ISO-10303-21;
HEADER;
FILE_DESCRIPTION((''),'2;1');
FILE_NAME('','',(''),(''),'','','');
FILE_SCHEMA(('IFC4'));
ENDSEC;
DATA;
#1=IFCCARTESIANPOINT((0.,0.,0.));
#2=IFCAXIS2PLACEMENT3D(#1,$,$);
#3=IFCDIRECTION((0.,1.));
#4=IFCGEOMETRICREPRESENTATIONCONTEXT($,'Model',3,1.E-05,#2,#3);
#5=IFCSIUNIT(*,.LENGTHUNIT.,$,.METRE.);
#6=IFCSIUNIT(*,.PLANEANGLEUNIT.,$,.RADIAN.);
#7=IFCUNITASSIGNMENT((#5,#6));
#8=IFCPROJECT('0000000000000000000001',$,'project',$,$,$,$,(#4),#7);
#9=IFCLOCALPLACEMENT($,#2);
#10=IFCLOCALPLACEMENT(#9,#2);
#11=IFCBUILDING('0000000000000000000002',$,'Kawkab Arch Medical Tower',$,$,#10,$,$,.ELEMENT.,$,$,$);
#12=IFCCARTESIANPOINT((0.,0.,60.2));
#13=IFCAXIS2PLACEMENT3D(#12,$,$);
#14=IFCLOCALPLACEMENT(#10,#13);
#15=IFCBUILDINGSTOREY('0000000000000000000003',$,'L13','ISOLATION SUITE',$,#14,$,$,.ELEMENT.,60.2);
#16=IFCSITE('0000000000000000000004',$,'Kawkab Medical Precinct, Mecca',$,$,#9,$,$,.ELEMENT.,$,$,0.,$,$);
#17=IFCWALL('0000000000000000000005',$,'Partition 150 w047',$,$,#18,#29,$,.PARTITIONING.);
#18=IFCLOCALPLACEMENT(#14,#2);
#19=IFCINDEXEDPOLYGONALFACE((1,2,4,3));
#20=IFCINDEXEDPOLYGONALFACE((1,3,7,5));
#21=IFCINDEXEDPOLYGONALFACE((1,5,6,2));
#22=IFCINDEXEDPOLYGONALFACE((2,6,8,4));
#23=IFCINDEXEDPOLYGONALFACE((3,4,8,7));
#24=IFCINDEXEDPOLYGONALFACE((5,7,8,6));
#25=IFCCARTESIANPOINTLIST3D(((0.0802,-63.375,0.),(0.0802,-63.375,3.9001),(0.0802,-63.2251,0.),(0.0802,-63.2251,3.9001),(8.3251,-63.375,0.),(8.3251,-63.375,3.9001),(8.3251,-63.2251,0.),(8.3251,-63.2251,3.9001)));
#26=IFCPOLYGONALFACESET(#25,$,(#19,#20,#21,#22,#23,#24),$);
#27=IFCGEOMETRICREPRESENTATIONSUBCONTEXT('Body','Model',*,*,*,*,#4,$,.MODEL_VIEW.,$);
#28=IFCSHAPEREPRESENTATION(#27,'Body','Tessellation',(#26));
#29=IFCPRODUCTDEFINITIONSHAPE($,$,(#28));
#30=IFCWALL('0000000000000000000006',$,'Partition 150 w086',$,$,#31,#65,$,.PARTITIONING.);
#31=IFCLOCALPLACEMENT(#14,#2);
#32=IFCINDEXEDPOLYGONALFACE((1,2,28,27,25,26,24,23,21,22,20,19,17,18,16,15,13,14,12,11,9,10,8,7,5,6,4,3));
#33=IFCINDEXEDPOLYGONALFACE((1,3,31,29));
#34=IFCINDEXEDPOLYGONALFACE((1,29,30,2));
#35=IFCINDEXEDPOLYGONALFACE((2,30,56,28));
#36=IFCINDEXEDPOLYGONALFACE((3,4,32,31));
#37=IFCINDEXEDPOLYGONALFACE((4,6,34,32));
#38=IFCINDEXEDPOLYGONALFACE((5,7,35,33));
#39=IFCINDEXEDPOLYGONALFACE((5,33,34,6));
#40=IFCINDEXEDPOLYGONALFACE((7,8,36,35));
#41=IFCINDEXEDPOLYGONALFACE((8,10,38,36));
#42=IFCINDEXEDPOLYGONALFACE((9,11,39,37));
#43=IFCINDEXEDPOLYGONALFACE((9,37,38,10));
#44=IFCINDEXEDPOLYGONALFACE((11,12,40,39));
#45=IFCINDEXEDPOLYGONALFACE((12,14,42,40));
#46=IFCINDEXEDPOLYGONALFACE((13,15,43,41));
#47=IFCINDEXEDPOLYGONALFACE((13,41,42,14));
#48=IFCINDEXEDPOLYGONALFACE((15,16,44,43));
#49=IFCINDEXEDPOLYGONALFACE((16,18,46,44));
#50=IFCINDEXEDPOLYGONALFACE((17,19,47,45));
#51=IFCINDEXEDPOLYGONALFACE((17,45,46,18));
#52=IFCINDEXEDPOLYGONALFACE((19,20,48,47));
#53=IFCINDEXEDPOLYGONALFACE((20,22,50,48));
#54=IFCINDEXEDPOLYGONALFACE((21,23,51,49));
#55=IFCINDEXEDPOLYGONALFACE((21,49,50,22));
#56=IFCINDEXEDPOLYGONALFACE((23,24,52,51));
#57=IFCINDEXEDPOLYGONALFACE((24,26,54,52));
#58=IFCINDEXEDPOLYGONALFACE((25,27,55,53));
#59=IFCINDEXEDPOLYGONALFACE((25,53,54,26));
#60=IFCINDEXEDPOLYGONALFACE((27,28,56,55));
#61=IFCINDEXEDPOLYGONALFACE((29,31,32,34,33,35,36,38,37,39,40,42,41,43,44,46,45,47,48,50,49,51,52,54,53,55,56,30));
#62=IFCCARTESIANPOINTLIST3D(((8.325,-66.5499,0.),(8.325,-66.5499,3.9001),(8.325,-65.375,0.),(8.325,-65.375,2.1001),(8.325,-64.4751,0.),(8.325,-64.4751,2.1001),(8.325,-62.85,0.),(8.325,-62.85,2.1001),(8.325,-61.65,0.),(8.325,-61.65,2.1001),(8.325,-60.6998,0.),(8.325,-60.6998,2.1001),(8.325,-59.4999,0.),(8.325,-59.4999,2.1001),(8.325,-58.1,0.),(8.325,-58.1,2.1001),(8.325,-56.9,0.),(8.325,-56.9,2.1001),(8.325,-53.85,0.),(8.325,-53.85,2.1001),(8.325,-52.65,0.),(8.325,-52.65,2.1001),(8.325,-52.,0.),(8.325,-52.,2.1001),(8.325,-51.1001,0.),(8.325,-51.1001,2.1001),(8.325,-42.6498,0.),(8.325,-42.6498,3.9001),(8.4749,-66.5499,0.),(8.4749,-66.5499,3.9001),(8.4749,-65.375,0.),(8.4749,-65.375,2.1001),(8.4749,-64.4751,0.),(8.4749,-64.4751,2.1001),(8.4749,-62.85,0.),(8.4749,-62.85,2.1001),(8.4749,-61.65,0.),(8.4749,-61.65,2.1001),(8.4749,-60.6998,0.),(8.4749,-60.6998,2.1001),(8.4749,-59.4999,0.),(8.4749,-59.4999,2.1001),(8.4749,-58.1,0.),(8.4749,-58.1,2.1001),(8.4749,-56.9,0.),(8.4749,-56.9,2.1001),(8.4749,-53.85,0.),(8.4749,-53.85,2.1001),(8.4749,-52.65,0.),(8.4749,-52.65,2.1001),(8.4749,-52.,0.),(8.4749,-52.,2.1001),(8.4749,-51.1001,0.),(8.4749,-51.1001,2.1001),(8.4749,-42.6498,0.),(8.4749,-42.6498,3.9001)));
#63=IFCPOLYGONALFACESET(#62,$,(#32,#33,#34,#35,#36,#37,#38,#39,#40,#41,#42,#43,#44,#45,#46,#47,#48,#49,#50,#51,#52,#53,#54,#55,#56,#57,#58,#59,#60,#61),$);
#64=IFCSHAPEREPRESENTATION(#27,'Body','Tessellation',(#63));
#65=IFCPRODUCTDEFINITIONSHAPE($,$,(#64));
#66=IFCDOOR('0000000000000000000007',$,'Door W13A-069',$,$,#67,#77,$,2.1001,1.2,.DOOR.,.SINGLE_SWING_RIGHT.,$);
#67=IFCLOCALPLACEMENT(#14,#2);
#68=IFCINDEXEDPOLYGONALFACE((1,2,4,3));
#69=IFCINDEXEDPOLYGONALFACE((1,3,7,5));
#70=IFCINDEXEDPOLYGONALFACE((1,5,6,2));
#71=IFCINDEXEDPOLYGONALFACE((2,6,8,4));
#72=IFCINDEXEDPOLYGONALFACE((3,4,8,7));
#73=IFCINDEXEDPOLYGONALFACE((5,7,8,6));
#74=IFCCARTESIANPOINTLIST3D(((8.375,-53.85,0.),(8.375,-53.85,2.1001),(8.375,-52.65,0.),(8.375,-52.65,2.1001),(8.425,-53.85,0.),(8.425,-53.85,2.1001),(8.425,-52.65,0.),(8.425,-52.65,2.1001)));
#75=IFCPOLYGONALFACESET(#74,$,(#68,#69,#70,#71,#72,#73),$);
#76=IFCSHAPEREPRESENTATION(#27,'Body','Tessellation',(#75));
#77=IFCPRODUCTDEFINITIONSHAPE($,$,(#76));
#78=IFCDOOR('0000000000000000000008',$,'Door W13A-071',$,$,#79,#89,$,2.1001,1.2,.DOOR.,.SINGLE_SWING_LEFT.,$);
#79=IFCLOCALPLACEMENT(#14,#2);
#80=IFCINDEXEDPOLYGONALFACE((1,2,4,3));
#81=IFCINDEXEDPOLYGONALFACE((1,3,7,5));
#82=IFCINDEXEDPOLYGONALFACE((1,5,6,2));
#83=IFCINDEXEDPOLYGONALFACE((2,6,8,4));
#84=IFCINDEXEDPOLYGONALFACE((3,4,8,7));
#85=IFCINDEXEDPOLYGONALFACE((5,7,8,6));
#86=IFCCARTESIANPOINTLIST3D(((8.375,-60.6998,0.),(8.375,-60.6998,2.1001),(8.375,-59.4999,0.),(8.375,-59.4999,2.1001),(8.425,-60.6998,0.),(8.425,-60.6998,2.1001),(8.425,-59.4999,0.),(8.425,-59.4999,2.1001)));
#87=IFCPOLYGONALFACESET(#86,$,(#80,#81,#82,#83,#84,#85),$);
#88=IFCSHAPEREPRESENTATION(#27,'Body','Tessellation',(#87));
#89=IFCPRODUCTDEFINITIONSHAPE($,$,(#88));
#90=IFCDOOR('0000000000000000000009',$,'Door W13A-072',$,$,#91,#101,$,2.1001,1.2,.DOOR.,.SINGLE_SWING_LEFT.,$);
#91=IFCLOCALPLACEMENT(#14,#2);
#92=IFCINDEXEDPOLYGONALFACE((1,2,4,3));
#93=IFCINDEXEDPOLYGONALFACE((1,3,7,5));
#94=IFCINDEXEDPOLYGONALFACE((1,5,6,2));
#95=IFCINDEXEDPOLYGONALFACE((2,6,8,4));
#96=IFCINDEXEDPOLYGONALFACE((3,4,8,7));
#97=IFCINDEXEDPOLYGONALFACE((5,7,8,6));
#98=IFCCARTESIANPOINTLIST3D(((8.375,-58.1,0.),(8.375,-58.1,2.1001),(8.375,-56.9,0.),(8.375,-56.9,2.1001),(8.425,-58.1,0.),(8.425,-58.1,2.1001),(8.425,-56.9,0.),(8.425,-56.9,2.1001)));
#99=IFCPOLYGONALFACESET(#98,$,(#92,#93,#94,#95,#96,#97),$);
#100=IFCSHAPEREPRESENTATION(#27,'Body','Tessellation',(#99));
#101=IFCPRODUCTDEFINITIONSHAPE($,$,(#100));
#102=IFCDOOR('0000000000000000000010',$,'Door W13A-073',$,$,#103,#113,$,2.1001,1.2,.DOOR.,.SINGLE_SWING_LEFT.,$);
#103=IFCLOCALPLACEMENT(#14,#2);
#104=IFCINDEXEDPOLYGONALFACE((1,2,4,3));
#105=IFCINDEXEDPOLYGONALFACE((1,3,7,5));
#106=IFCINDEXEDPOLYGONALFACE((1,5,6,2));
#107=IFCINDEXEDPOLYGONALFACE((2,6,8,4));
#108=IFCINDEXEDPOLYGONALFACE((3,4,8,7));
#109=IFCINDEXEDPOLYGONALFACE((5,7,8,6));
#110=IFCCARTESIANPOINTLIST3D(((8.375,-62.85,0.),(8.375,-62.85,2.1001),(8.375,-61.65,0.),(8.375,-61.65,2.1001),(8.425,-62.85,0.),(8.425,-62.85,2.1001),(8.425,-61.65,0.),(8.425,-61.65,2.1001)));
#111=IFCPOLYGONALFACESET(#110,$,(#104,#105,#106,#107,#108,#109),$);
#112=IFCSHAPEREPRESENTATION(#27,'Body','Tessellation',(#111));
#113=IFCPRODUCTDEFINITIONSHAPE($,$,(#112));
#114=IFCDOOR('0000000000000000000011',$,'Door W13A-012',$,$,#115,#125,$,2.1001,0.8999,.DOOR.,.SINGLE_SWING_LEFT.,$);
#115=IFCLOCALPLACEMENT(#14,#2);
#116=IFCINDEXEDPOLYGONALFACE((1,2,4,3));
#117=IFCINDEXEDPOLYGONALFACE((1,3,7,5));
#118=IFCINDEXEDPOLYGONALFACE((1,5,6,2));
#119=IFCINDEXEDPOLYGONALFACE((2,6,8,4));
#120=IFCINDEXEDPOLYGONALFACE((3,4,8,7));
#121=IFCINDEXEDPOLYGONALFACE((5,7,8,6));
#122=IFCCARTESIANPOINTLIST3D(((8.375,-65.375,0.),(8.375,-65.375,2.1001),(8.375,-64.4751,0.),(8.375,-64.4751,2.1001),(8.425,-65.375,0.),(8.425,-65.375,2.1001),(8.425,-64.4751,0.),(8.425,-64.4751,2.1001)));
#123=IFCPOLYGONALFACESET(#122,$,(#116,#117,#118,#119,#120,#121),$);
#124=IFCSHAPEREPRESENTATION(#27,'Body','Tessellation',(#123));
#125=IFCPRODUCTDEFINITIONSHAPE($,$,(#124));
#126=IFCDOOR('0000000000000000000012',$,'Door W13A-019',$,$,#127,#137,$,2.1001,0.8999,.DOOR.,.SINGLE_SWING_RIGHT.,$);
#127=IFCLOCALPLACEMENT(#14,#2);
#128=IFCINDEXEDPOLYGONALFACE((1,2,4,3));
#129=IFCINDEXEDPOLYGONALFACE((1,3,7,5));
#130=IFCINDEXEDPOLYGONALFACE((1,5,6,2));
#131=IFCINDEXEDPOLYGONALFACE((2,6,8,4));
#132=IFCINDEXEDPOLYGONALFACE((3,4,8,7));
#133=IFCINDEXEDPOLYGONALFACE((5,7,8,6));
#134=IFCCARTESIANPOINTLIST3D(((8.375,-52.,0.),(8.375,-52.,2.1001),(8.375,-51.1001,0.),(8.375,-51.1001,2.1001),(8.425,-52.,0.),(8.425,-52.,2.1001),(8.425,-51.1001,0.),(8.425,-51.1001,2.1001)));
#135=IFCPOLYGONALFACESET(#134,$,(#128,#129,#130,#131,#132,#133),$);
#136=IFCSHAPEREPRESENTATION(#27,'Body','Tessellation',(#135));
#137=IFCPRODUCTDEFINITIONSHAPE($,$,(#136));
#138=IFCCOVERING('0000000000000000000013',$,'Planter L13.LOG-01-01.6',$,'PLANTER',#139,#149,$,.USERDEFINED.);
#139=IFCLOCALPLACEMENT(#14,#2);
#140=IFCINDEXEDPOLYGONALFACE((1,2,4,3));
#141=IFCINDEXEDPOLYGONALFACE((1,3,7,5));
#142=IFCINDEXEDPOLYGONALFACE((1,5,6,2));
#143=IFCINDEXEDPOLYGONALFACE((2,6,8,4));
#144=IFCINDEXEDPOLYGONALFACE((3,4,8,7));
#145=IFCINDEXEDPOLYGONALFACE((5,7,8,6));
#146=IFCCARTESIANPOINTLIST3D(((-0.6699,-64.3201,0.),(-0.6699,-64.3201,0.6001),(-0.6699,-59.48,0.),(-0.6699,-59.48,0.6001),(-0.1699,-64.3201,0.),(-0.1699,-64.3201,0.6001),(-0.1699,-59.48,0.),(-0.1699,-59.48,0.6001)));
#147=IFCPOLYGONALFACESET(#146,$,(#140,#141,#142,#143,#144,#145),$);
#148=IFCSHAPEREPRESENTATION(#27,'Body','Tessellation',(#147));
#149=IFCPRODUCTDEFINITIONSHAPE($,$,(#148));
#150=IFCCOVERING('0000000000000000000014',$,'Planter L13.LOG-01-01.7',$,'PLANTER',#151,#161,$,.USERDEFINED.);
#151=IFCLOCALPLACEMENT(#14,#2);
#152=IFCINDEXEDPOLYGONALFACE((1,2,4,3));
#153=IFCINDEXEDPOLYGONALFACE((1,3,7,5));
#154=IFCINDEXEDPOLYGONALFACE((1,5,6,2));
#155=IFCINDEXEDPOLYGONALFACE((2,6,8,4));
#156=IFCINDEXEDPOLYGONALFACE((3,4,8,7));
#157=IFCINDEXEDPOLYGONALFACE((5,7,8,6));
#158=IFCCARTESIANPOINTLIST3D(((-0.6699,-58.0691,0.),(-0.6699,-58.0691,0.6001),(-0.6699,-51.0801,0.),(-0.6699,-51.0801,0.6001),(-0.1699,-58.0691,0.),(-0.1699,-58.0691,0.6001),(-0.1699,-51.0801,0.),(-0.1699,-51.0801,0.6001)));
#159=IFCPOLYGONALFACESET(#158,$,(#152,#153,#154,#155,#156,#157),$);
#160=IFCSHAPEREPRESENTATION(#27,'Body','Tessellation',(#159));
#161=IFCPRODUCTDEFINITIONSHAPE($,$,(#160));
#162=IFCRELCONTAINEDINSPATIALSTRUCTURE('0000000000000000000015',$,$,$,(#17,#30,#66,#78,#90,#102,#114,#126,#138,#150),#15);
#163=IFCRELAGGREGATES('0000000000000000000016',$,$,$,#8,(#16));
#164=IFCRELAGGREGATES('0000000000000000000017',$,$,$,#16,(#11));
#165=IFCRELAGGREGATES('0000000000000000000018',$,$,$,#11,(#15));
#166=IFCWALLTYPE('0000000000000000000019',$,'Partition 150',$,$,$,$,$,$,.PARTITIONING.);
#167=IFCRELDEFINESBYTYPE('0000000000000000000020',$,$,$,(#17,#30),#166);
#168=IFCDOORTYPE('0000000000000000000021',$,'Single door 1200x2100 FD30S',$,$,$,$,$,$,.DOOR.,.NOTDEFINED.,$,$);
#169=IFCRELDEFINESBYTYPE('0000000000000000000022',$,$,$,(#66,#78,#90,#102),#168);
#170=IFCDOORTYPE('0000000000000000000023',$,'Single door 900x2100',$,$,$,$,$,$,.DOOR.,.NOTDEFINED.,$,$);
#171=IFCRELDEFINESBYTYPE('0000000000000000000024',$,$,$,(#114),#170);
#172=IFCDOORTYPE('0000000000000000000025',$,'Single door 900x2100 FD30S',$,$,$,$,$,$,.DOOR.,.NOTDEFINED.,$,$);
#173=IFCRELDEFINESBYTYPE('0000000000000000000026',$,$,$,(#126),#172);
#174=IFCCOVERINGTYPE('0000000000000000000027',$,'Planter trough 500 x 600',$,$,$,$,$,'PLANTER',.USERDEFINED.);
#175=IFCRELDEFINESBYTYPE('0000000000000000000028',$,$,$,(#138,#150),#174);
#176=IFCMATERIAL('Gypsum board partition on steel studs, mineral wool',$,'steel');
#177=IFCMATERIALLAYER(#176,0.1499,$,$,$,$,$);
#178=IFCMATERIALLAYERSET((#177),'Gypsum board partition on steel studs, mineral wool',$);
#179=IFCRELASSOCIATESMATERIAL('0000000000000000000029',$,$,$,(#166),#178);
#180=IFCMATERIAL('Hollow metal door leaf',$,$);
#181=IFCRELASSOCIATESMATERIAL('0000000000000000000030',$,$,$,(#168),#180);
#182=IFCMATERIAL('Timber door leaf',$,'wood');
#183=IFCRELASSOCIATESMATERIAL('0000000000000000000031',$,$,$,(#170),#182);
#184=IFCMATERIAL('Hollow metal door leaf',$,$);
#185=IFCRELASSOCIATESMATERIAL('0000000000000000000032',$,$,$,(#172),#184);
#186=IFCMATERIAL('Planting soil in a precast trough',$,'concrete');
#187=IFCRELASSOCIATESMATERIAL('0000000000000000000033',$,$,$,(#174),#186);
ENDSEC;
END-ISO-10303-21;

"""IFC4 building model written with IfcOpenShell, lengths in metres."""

from ifc_helpers import new_model, si_unit, direction, frame, frame_2d, origin, origin_2d, place, context, subcontext, project, spatial, rectangle, extrude, material, layer, layer_set, material_profile, profile_set, type_object, element, fill, save


model = new_model("IFC4")

# Units and contexts
model_context = context("Model", 3, precision=1e-05, world=origin(), true_north=direction((0.0, 1.0)))
body_context = subcontext(model_context, "Body", "Model", "MODEL_VIEW")
ifc_project = project(units=[si_unit("LENGTHUNIT", "METRE"), si_unit("PLANEANGLEUNIT", "RADIAN")], contexts=[model_context])

# Site, building, storey
site_placement = place(None, origin())
site = spatial("IfcSite", under=ifc_project, at=site_placement, Name="Kawkab Medical Precinct, Mecca", CompositionType="ELEMENT", RefElevation=0.0)
building_placement = place(site_placement, origin())
building = spatial("IfcBuilding", under=site, at=building_placement, Name="Kawkab Arch Medical Tower", CompositionType="ELEMENT")
storey_placement = place(building_placement, frame((0.0, 0.0, 60.2)))
storey = spatial("IfcBuildingStorey", under=building, at=storey_placement, Name="L13", Description="ISOLATION SUITE", CompositionType="ELEMENT", Elevation=60.2)

# Wall
ifc_material_1 = material(Name="Gypsum board partition on steel studs, mineral wool", Category="steel")
ifc_layer_1 = layer(ifc_material_1, 0.1499)
ifc_layer_set_1 = layer_set([ifc_layer_1], Name="Gypsum board partition on steel studs, mineral wool")
wall_type_1 = type_object("IfcWallType", Name="Partition 150", PredefinedType="PARTITIONING", material=ifc_layer_set_1)
wall_1_placement = place(storey_placement, frame((0.0801, -63.3, 0.0), z_axis=(0.0, 0.0, 1.0), x_axis=(1.0, 0.0, 0.0)))
element("IfcWall", 1, at=wall_1_placement, inside=storey, type_object=wall_type_1, Name="Partition 150 w047", PredefinedType="PARTITIONING", context=body_context, shape_type="SweptSolid", body=[
    extrude(rectangle(XDim=8.2449, YDim=0.1499, at=frame_2d((4.1226, 0.0))), origin(), (0.0, 0.0, 1.0), 3.9001),
])

# Wall, openings, doors
wall_2_placement = place(storey_placement, frame((8.3999, -66.55, 0.0), z_axis=(0.0, 0.0, 1.0), x_axis=(0.0, 1.0, 0.0)))
wall_2 = element("IfcWall", 2, at=wall_2_placement, inside=storey, type_object=wall_type_1, Name="Partition 150 w086", PredefinedType="PARTITIONING", context=body_context, shape_type="SweptSolid", body=[
    extrude(rectangle(XDim=23.9001, YDim=0.1499, at=frame_2d((11.9502, 0.0))), origin(), (0.0, 0.0, 1.0), 3.9001),
])
opening_1_placement = place(wall_2_placement, frame((14.55, 0.0, 0.0)))
opening_1 = element("IfcOpeningElement", 3, at=opening_1_placement, cuts=wall_2, PredefinedType="OPENING", context=body_context, shape_type="SweptSolid", body=[
    extrude(rectangle(XDim=0.8999, YDim=2.1001, at=frame_2d((0.45, 1.05))), frame((0.0, 0.085, 0.0), z_axis=(0.0, -1.0, 0.0), x_axis=(1.0, 0.0, 0.0)), (0.0, 0.0, 1.0), 0.1699),
])
opening_2_placement = place(wall_2_placement, frame((12.7, 0.0, 0.0)))
opening_2 = element("IfcOpeningElement", 4, at=opening_2_placement, cuts=wall_2, PredefinedType="OPENING", context=body_context, shape_type="SweptSolid", body=[
    extrude(rectangle(XDim=1.2, YDim=2.1001, at=frame_2d((0.6001, 1.05))), frame((0.0, 0.085, 0.0), z_axis=(0.0, -1.0, 0.0), x_axis=(1.0, 0.0, 0.0)), (0.0, 0.0, 1.0), 0.1699),
])
opening_3_placement = place(wall_2_placement, frame((5.8501, 0.0, 0.0)))
opening_3 = element("IfcOpeningElement", 5, at=opening_3_placement, cuts=wall_2, PredefinedType="OPENING", context=body_context, shape_type="SweptSolid", body=[
    extrude(rectangle(XDim=1.2, YDim=2.1001, at=frame_2d((0.6001, 1.05))), frame((0.0, 0.085, 0.0), z_axis=(0.0, -1.0, 0.0), x_axis=(1.0, 0.0, 0.0)), (0.0, 0.0, 1.0), 0.1699),
])
opening_4_placement = place(wall_2_placement, frame((8.45, 0.0, 0.0)))
opening_4 = element("IfcOpeningElement", 6, at=opening_4_placement, cuts=wall_2, PredefinedType="OPENING", context=body_context, shape_type="SweptSolid", body=[
    extrude(rectangle(XDim=1.2, YDim=2.1001, at=frame_2d((0.6001, 1.05))), frame((0.0, 0.085, 0.0), z_axis=(0.0, -1.0, 0.0), x_axis=(1.0, 0.0, 0.0)), (0.0, 0.0, 1.0), 0.1699),
])
opening_5_placement = place(wall_2_placement, frame((3.7, 0.0, 0.0)))
opening_5 = element("IfcOpeningElement", 7, at=opening_5_placement, cuts=wall_2, PredefinedType="OPENING", context=body_context, shape_type="SweptSolid", body=[
    extrude(rectangle(XDim=1.2, YDim=2.1001, at=frame_2d((0.6001, 1.05))), frame((0.0, 0.085, 0.0), z_axis=(0.0, -1.0, 0.0), x_axis=(1.0, 0.0, 0.0)), (0.0, 0.0, 1.0), 0.1699),
])
opening_6_placement = place(wall_2_placement, frame((1.175, 0.0, 0.0)))
opening_6 = element("IfcOpeningElement", 8, at=opening_6_placement, cuts=wall_2, PredefinedType="OPENING", context=body_context, shape_type="SweptSolid", body=[
    extrude(rectangle(XDim=0.8999, YDim=2.1001, at=frame_2d((0.45, 1.05))), frame((0.0, 0.085, 0.0), z_axis=(0.0, -1.0, 0.0), x_axis=(1.0, 0.0, 0.0)), (0.0, 0.0, 1.0), 0.1699),
])
ifc_material_2 = material(Name="Hollow metal door leaf")
door_type_1 = type_object("IfcDoorType", Name="Single door 1200x2100 FD30S", OperationType="NOTDEFINED", PredefinedType="DOOR", material=ifc_material_2)
door_1_placement = place(opening_2_placement, origin())
door_1 = element("IfcDoor", 9, at=door_1_placement, inside=storey, type_object=door_type_1, Name="Door W13A-069", OperationType="SINGLE_SWING_RIGHT", OverallHeight=2.1001, OverallWidth=1.2, PredefinedType="DOOR", context=body_context, shape_type="SweptSolid", body=[
    extrude(rectangle(XDim=1.2, YDim=2.1001, at=frame_2d((0.6001, 1.05))), frame((0.0, 0.0249, 0.0), z_axis=(0.0, -1.0, 0.0), x_axis=(1.0, 0.0, 0.0)), (0.0, 0.0, 1.0), 0.05),
])
fill(opening_2, door_1)
door_2_placement = place(opening_3_placement, origin())
door_2 = element("IfcDoor", 10, at=door_2_placement, inside=storey, type_object=door_type_1, Name="Door W13A-071", OperationType="SINGLE_SWING_LEFT", OverallHeight=2.1001, OverallWidth=1.2, PredefinedType="DOOR", context=body_context, shape_type="SweptSolid", body=[
    extrude(rectangle(XDim=1.2, YDim=2.1001, at=frame_2d((0.6001, 1.05))), frame((0.0, 0.0249, 0.0), z_axis=(0.0, -1.0, 0.0), x_axis=(1.0, 0.0, 0.0)), (0.0, 0.0, 1.0), 0.05),
])
fill(opening_3, door_2)
door_3_placement = place(opening_4_placement, origin())
door_3 = element("IfcDoor", 11, at=door_3_placement, inside=storey, type_object=door_type_1, Name="Door W13A-072", OperationType="SINGLE_SWING_LEFT", OverallHeight=2.1001, OverallWidth=1.2, PredefinedType="DOOR", context=body_context, shape_type="SweptSolid", body=[
    extrude(rectangle(XDim=1.2, YDim=2.1001, at=frame_2d((0.6001, 1.05))), frame((0.0, 0.0249, 0.0), z_axis=(0.0, -1.0, 0.0), x_axis=(1.0, 0.0, 0.0)), (0.0, 0.0, 1.0), 0.05),
])
fill(opening_4, door_3)
door_4_placement = place(opening_5_placement, origin())
door_4 = element("IfcDoor", 12, at=door_4_placement, inside=storey, type_object=door_type_1, Name="Door W13A-073", OperationType="SINGLE_SWING_LEFT", OverallHeight=2.1001, OverallWidth=1.2, PredefinedType="DOOR", context=body_context, shape_type="SweptSolid", body=[
    extrude(rectangle(XDim=1.2, YDim=2.1001, at=frame_2d((0.6001, 1.05))), frame((0.0, 0.0249, 0.0), z_axis=(0.0, -1.0, 0.0), x_axis=(1.0, 0.0, 0.0)), (0.0, 0.0, 1.0), 0.05),
])
fill(opening_5, door_4)
ifc_material_3 = material(Name="Timber door leaf", Category="wood")
door_type_2 = type_object("IfcDoorType", Name="Single door 900x2100", OperationType="NOTDEFINED", PredefinedType="DOOR", material=ifc_material_3)
door_5_placement = place(opening_6_placement, origin())
door_5 = element("IfcDoor", 13, at=door_5_placement, inside=storey, type_object=door_type_2, Name="Door W13A-012", OperationType="SINGLE_SWING_LEFT", OverallHeight=2.1001, OverallWidth=0.8999, PredefinedType="DOOR", context=body_context, shape_type="SweptSolid", body=[
    extrude(rectangle(XDim=0.8999, YDim=2.1001, at=frame_2d((0.45, 1.05))), frame((0.0, 0.0249, 0.0), z_axis=(0.0, -1.0, 0.0), x_axis=(1.0, 0.0, 0.0)), (0.0, 0.0, 1.0), 0.05),
])
fill(opening_6, door_5)
ifc_material_4 = material(Name="Hollow metal door leaf")
door_type_3 = type_object("IfcDoorType", Name="Single door 900x2100 FD30S", OperationType="NOTDEFINED", PredefinedType="DOOR", material=ifc_material_4)
door_6_placement = place(opening_1_placement, origin())
door_6 = element("IfcDoor", 14, at=door_6_placement, inside=storey, type_object=door_type_3, Name="Door W13A-019", OperationType="SINGLE_SWING_RIGHT", OverallHeight=2.1001, OverallWidth=0.8999, PredefinedType="DOOR", context=body_context, shape_type="SweptSolid", body=[
    extrude(rectangle(XDim=0.8999, YDim=2.1001, at=frame_2d((0.45, 1.05))), frame((0.0, 0.0249, 0.0), z_axis=(0.0, -1.0, 0.0), x_axis=(1.0, 0.0, 0.0)), (0.0, 0.0, 1.0), 0.05),
])
fill(opening_1, door_6)

# Coverings
ifc_material_5 = material(Name="Planting soil in a precast trough", Category="concrete")
ifc_material_profile_1 = material_profile(ifc_material_5, rectangle(XDim=0.5, YDim=0.6001, at=origin_2d()), Name="Trough 500x600")
ifc_profile_set_1 = profile_set([ifc_material_profile_1], Name="Planting soil in a precast trough")
covering_type = type_object("IfcCoveringType", Name="Planter trough 500 x 600", ElementType="PLANTER", PredefinedType="USERDEFINED", material=ifc_profile_set_1)
covering_1_placement = place(storey_placement, frame((-0.4199, -64.3201, 0.3), z_axis=(0.0, 1.0, 0.0), x_axis=(-1.0, 0.0, 0.0)))
element("IfcCovering", 15, at=covering_1_placement, inside=storey, type_object=covering_type, Name="Planter L13.LOG-01-01.6", ObjectType="PLANTER", PredefinedType="USERDEFINED", context=body_context, shape_type="SweptSolid", body=[
    extrude(rectangle(XDim=0.5, YDim=0.6001, at=origin_2d()), origin(), (0.0, 0.0, 1.0), 4.8401),
])
covering_2_placement = place(storey_placement, frame((-0.4199, -58.0691, 0.3), z_axis=(0.0, 1.0, 0.0), x_axis=(-1.0, 0.0, 0.0)))
element("IfcCovering", 16, at=covering_2_placement, inside=storey, type_object=covering_type, Name="Planter L13.LOG-01-01.7", ObjectType="PLANTER", PredefinedType="USERDEFINED", context=body_context, shape_type="SweptSolid", body=[
    extrude(rectangle(XDim=0.5, YDim=0.6001, at=origin_2d()), origin(), (0.0, 0.0, 1.0), 6.989),
])

save(model, "model.ifc")
